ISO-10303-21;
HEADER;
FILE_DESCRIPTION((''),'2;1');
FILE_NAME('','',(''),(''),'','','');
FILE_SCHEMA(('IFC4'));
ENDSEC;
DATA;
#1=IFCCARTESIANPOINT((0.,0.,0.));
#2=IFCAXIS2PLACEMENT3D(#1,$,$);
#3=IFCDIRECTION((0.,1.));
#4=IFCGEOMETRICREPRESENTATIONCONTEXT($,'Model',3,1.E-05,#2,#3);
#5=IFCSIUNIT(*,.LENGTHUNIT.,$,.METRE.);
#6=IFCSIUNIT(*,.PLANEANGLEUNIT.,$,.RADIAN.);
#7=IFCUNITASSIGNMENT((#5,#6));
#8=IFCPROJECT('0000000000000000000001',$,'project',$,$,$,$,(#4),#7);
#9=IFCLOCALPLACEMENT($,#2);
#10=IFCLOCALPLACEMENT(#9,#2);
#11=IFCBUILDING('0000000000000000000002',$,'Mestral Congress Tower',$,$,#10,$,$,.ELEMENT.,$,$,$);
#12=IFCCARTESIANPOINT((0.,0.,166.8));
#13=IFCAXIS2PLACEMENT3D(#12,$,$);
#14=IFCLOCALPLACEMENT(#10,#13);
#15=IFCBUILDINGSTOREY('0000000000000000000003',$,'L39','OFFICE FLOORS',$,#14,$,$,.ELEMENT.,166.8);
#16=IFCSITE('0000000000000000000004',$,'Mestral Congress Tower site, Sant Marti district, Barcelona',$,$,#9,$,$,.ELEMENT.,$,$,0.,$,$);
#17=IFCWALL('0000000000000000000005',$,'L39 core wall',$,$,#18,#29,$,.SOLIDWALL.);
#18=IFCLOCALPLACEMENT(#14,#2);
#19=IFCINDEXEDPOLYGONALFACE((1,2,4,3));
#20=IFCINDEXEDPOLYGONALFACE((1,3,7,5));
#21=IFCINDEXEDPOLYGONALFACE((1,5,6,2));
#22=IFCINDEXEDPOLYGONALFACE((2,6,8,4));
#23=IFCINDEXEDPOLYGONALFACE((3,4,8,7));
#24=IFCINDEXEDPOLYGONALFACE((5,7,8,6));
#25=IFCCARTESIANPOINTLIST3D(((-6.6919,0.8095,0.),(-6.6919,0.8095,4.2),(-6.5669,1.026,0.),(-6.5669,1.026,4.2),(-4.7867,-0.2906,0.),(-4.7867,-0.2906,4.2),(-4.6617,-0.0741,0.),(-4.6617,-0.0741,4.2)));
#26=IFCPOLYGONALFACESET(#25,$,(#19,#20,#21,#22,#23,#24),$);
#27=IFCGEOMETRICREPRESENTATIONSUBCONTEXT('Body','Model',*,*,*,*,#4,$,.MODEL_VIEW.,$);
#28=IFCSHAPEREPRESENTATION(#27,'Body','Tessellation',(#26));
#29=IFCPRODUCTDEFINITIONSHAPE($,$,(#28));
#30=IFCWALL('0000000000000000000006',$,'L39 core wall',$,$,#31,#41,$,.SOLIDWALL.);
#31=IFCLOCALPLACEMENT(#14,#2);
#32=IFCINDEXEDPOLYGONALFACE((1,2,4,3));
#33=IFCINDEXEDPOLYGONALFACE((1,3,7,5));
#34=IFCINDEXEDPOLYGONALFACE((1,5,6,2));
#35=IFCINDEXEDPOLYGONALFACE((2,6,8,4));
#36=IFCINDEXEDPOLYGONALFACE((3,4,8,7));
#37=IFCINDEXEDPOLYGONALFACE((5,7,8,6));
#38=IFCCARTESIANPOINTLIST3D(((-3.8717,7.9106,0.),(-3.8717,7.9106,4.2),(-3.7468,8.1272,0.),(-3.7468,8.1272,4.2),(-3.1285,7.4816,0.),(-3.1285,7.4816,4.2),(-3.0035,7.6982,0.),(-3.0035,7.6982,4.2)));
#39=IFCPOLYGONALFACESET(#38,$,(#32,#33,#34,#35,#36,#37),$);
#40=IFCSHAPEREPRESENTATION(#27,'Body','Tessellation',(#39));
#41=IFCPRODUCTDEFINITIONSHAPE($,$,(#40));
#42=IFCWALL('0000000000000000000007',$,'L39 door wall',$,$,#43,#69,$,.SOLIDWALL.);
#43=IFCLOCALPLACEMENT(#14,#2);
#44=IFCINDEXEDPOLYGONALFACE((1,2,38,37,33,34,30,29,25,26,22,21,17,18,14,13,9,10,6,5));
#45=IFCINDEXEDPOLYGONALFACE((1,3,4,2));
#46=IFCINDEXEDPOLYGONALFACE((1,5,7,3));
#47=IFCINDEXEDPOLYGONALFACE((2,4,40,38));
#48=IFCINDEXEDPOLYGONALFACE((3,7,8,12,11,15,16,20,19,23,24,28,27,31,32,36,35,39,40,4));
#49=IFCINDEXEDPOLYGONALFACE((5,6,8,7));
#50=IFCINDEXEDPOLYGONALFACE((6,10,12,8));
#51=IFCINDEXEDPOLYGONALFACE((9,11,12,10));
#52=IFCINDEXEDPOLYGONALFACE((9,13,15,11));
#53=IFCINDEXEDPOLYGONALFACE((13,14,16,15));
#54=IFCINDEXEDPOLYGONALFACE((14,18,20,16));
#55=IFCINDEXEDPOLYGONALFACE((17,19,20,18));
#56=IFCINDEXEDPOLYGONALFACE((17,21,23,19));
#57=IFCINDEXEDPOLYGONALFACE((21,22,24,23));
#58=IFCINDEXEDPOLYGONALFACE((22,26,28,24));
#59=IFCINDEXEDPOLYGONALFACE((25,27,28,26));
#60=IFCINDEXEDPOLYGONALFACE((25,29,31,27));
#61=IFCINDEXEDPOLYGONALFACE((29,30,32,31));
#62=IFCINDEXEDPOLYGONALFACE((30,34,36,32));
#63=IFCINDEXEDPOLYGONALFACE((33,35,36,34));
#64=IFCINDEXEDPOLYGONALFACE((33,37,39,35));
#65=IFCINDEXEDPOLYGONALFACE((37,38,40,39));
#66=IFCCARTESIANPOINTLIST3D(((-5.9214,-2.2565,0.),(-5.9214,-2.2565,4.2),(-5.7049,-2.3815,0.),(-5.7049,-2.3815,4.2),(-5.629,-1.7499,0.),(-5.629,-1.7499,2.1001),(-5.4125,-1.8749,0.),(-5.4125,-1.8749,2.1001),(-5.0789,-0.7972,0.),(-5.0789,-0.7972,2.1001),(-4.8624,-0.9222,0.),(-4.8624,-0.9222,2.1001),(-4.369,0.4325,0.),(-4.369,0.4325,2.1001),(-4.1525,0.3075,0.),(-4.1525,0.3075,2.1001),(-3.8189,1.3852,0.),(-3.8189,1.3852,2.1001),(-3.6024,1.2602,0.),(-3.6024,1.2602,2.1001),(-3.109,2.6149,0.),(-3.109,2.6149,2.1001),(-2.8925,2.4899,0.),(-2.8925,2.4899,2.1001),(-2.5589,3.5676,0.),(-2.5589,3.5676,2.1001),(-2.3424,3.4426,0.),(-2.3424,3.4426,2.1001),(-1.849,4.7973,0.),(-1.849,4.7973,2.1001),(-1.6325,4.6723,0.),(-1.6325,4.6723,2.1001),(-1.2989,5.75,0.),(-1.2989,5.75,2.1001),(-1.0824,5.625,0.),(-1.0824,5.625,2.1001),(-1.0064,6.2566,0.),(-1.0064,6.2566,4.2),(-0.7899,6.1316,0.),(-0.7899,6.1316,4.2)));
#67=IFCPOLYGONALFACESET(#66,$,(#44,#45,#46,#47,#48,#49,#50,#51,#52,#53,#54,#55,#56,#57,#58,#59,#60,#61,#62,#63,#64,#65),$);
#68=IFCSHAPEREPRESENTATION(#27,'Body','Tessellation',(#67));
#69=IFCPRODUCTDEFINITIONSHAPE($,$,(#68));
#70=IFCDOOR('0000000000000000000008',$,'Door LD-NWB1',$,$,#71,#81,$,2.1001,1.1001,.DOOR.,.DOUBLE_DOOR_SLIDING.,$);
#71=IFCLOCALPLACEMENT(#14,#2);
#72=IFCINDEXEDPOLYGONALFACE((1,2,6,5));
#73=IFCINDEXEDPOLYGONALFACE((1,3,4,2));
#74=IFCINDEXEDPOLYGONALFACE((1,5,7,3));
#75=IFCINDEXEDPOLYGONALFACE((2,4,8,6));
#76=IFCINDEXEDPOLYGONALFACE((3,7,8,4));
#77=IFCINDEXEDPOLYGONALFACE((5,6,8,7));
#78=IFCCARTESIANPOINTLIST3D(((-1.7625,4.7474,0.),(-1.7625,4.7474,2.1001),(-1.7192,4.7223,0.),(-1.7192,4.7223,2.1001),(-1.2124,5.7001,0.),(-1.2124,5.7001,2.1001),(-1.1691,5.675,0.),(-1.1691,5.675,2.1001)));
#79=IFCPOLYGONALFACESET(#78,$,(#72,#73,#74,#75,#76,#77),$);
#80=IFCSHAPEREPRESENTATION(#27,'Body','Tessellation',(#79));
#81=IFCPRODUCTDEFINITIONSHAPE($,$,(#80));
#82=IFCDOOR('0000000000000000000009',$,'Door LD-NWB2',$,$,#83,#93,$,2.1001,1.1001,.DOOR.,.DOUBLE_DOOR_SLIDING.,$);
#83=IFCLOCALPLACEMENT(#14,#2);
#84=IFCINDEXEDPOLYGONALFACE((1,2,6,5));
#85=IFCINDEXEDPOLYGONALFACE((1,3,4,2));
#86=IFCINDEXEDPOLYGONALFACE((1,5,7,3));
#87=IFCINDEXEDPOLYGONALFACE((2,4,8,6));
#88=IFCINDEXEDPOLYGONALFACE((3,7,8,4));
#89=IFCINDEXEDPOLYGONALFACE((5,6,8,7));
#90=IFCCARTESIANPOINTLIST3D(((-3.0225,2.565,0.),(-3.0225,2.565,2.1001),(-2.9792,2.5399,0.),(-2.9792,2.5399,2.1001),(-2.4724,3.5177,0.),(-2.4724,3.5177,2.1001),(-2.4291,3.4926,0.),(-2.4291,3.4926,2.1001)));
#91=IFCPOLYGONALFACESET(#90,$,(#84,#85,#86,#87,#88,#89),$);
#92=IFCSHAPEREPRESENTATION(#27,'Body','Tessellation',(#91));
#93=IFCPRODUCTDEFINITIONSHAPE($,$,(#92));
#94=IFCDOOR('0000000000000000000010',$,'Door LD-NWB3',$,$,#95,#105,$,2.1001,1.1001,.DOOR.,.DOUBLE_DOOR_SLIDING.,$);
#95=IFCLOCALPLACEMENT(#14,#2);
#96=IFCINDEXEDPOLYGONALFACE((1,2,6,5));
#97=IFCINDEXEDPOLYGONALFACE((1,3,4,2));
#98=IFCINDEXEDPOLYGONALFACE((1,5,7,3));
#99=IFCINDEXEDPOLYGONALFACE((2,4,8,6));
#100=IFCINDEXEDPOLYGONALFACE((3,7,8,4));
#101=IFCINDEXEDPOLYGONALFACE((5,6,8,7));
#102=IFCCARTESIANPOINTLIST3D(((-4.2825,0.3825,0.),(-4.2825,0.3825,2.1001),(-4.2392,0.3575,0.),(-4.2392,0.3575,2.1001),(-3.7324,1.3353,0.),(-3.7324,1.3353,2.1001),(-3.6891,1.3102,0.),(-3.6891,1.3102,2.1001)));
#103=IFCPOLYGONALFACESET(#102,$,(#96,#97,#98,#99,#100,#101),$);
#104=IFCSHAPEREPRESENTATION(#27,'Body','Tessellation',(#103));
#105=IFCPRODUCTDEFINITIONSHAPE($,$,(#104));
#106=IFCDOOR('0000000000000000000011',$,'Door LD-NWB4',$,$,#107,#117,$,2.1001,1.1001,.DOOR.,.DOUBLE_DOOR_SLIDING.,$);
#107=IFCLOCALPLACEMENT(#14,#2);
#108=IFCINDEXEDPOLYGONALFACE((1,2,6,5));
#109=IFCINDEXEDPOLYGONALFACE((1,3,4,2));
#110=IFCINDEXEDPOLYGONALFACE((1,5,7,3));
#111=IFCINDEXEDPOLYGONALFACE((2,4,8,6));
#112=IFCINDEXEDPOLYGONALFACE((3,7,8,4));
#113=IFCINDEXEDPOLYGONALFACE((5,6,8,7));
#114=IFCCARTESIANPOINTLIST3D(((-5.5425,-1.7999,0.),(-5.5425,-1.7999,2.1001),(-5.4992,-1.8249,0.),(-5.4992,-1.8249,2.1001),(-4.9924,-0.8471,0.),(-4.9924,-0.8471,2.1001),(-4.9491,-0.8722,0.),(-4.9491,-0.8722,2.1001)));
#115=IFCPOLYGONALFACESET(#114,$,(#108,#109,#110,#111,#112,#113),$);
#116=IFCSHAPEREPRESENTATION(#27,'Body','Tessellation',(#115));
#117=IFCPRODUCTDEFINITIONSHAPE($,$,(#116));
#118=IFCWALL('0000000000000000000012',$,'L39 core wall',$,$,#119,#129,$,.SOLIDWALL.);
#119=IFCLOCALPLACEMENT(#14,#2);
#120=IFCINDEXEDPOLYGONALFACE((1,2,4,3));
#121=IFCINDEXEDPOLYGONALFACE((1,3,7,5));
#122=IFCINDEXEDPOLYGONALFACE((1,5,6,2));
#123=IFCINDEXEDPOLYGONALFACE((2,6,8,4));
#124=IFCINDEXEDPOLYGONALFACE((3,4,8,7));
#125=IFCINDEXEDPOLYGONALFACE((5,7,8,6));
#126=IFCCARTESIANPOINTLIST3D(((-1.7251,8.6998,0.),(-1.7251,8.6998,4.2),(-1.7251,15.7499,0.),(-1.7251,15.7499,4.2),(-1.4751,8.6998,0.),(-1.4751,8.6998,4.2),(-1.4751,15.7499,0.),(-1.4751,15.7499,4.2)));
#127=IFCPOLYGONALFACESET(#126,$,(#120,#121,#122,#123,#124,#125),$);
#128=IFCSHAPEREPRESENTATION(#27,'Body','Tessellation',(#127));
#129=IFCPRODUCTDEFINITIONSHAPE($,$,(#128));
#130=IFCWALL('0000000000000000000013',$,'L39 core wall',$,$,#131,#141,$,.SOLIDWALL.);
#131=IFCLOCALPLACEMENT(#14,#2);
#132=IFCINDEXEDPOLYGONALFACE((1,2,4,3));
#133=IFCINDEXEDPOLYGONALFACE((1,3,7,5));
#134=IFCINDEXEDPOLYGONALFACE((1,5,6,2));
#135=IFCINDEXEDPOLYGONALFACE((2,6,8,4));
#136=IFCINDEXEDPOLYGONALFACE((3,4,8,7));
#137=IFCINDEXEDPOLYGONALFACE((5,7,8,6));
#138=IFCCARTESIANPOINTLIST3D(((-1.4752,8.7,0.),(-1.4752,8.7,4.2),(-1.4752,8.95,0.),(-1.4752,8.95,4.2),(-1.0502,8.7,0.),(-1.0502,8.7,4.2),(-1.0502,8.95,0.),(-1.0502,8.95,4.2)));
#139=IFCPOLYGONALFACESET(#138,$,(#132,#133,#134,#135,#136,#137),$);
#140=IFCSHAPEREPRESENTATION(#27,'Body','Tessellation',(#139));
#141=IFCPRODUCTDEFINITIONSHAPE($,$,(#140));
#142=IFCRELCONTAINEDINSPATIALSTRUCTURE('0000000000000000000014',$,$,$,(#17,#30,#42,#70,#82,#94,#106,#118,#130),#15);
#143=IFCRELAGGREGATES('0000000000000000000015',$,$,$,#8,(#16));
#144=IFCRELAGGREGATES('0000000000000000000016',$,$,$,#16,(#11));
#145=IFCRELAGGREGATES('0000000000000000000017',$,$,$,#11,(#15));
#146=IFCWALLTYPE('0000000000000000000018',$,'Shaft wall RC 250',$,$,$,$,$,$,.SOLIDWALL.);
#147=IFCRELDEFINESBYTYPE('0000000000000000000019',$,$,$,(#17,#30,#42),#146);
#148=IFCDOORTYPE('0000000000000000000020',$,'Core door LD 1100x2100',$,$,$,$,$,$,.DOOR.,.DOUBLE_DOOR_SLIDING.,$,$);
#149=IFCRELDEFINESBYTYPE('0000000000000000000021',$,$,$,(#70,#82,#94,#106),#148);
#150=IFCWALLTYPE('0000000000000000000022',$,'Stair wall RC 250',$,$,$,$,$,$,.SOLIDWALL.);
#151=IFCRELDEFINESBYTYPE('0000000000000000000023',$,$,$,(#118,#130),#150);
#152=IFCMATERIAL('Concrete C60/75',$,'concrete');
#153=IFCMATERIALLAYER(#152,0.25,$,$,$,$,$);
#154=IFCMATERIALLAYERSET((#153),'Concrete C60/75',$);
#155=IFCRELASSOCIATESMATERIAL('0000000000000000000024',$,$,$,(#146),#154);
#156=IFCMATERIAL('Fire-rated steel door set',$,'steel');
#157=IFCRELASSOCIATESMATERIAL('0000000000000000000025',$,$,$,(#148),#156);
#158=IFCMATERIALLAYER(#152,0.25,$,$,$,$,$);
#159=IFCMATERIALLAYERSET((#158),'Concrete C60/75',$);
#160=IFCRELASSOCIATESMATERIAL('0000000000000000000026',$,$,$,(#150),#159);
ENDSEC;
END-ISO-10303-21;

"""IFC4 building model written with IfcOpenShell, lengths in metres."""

from ifc_helpers import new_model, si_unit, direction, frame, frame_2d, origin, place, context, subcontext, project, spatial, rectangle, extrude, material, layer, layer_set, type_object, element, fill, save


model = new_model("IFC4")

# Units and contexts
model_context = context("Model", 3, precision=1e-05, world=origin(), true_north=direction((0.0, 1.0)))
body_context = subcontext(model_context, "Body", "Model", "MODEL_VIEW")
ifc_project = project(units=[si_unit("LENGTHUNIT", "METRE"), si_unit("PLANEANGLEUNIT", "RADIAN")], contexts=[model_context])

# Site, building, storey
site_placement = place(None, origin())
site = spatial("IfcSite", under=ifc_project, at=site_placement, Name="Mestral Congress Tower site, Sant Marti district, Barcelona", CompositionType="ELEMENT", RefElevation=0.0)
building_placement = place(site_placement, origin())
building = spatial("IfcBuilding", under=site, at=building_placement, Name="Mestral Congress Tower", CompositionType="ELEMENT")
storey_placement = place(building_placement, frame((0.0, 0.0, 166.8)))
storey = spatial("IfcBuildingStorey", under=building, at=storey_placement, Name="L39", Description="OFFICE FLOORS", CompositionType="ELEMENT", Elevation=166.8)

# Shared definitions
ifc_material_1 = material(Name="Concrete C60/75", Category="concrete")

# Shared definitions
ifc_material_2 = material(Name="Fire-rated steel door set", Category="steel")

# Walls
ifc_layer_1 = layer(ifc_material_1, 0.25)
ifc_layer_set_1 = layer_set([ifc_layer_1], Name="Concrete C60/75")
wall_type_1 = type_object("IfcWallType", Name="Shaft wall RC 250", PredefinedType="SOLIDWALL", material=ifc_layer_set_1)
for number, where, z_axis, x_axis, name in (
    (1, (-4.7241, -0.1824, 0.0), (0.0, 0.0, 1.0), (-0.866008, 0.50003, 0.0), "L39 core wall"),
):
    element("IfcWall", number, at=place(storey_placement, frame(where, z_axis=z_axis, x_axis=x_axis)), inside=storey, type_object=wall_type_1, Name=name, PredefinedType="SOLIDWALL", context=body_context, shape_type="SweptSolid", body=[
        extrude(rectangle(XDim=2.2, YDim=0.25, at=frame_2d((1.1001, 0.0))), origin(), (0.0, 0.0, 1.0), 4.2),
    ])
wall_1_placement = place(storey_placement, frame((-3.0659, 7.5898, 0.0), z_axis=(0.0, 0.0, 1.0), x_axis=(-0.866081, 0.499903, 0.0)))
element("IfcWall", 2, at=wall_1_placement, inside=storey, type_object=wall_type_1, Name="L39 core wall", PredefinedType="SOLIDWALL", context=body_context, shape_type="SweptSolid", body=[
    extrude(rectangle(XDim=0.8582, YDim=0.25, at=frame_2d((0.4292, 0.0))), origin(), (0.0, 0.0, 1.0), 4.2),
])

# Wall, openings, doors
wall_2_placement = place(storey_placement, frame((-0.8982, 6.1941, 0.0), z_axis=(0.0, 0.0, 1.0), x_axis=(-0.499996, -0.866028, 0.0)))
wall_2 = element("IfcWall", 3, at=wall_2_placement, inside=storey, type_object=wall_type_1, Name="L39 door wall", PredefinedType="SOLIDWALL", context=body_context, shape_type="SweptSolid", body=[
    extrude(rectangle(XDim=9.8301, YDim=0.25, at=frame_2d((4.915, 0.0))), origin(), (0.0, 0.0, 1.0), 4.2),
])
opening_1_placement = place(wall_2_placement, frame((0.585, 0.0, 0.0)))
opening_1 = element("IfcOpeningElement", 4, at=opening_1_placement, cuts=wall_2, PredefinedType="OPENING", context=body_context, shape_type="SweptSolid", body=[
    extrude(rectangle(XDim=1.1001, YDim=2.1001, at=frame_2d((0.55, 1.05))), frame((0.0, 0.135, 0.0), z_axis=(0.0, -1.0, 0.0), x_axis=(1.0, 0.0, 0.0)), (0.0, 0.0, 1.0), 0.27),
])
opening_2_placement = place(wall_2_placement, frame((3.105, 0.0, 0.0)))
opening_2 = element("IfcOpeningElement", 5, at=opening_2_placement, cuts=wall_2, PredefinedType="OPENING", context=body_context, shape_type="SweptSolid", body=[
    extrude(rectangle(XDim=1.1001, YDim=2.1001, at=frame_2d((0.55, 1.05))), frame((0.0, 0.135, 0.0), z_axis=(0.0, -1.0, 0.0), x_axis=(1.0, 0.0, 0.0)), (0.0, 0.0, 1.0), 0.27),
])
opening_3_placement = place(wall_2_placement, frame((5.625, 0.0, 0.0)))
opening_3 = element("IfcOpeningElement", 6, at=opening_3_placement, cuts=wall_2, PredefinedType="OPENING", context=body_context, shape_type="SweptSolid", body=[
    extrude(rectangle(XDim=1.1001, YDim=2.1001, at=frame_2d((0.55, 1.05))), frame((0.0, 0.135, 0.0), z_axis=(0.0, -1.0, 0.0), x_axis=(1.0, 0.0, 0.0)), (0.0, 0.0, 1.0), 0.27),
])
opening_4_placement = place(wall_2_placement, frame((8.145, 0.0, 0.0)))
opening_4 = element("IfcOpeningElement", 7, at=opening_4_placement, cuts=wall_2, PredefinedType="OPENING", context=body_context, shape_type="SweptSolid", body=[
    extrude(rectangle(XDim=1.1001, YDim=2.1001, at=frame_2d((0.55, 1.05))), frame((0.0, 0.135, 0.0), z_axis=(0.0, -1.0, 0.0), x_axis=(1.0, 0.0, 0.0)), (0.0, 0.0, 1.0), 0.27),
])
door_type_1 = type_object("IfcDoorType", Name="Core door LD 1100x2100", OperationType="DOUBLE_DOOR_SLIDING", PredefinedType="DOOR", material=ifc_material_2)
door_1_placement = place(opening_1_placement, origin())
door_1 = element("IfcDoor", 8, at=door_1_placement, inside=storey, type_object=door_type_1, Name="Door LD-NWB1", OperationType="DOUBLE_DOOR_SLIDING", OverallHeight=2.1001, OverallWidth=1.1001, PredefinedType="DOOR", context=body_context, shape_type="SweptSolid", body=[
    extrude(rectangle(XDim=1.1001, YDim=2.1001, at=frame_2d((0.55, 1.05))), frame((0.0, 0.0249, 0.0), z_axis=(0.0, -1.0, 0.0), x_axis=(1.0, 0.0, 0.0)), (0.0, 0.0, 1.0), 0.05),
])
fill(opening_1, door_1)
door_2_placement = place(opening_2_placement, origin())
door_2 = element("IfcDoor", 9, at=door_2_placement, inside=storey, type_object=door_type_1, Name="Door LD-NWB2", OperationType="DOUBLE_DOOR_SLIDING", OverallHeight=2.1001, OverallWidth=1.1001, PredefinedType="DOOR", context=body_context, shape_type="SweptSolid", body=[
    extrude(rectangle(XDim=1.1001, YDim=2.1001, at=frame_2d((0.55, 1.05))), frame((0.0, 0.0249, 0.0), z_axis=(0.0, -1.0, 0.0), x_axis=(1.0, 0.0, 0.0)), (0.0, 0.0, 1.0), 0.05),
])
fill(opening_2, door_2)
door_3_placement = place(opening_3_placement, origin())
door_3 = element("IfcDoor", 10, at=door_3_placement, inside=storey, type_object=door_type_1, Name="Door LD-NWB3", OperationType="DOUBLE_DOOR_SLIDING", OverallHeight=2.1001, OverallWidth=1.1001, PredefinedType="DOOR", context=body_context, shape_type="SweptSolid", body=[
    extrude(rectangle(XDim=1.1001, YDim=2.1001, at=frame_2d((0.55, 1.05))), frame((0.0, 0.0249, 0.0), z_axis=(0.0, -1.0, 0.0), x_axis=(1.0, 0.0, 0.0)), (0.0, 0.0, 1.0), 0.05),
])
fill(opening_3, door_3)
door_4_placement = place(opening_4_placement, origin())
door_4 = element("IfcDoor", 11, at=door_4_placement, inside=storey, type_object=door_type_1, Name="Door LD-NWB4", OperationType="DOUBLE_DOOR_SLIDING", OverallHeight=2.1001, OverallWidth=1.1001, PredefinedType="DOOR", context=body_context, shape_type="SweptSolid", body=[
    extrude(rectangle(XDim=1.1001, YDim=2.1001, at=frame_2d((0.55, 1.05))), frame((0.0, 0.0249, 0.0), z_axis=(0.0, -1.0, 0.0), x_axis=(1.0, 0.0, 0.0)), (0.0, 0.0, 1.0), 0.05),
])
fill(opening_4, door_4)

# Walls
ifc_layer_2 = layer(ifc_material_1, 0.25)
ifc_layer_set_2 = layer_set([ifc_layer_2], Name="Concrete C60/75")
wall_type_2 = type_object("IfcWallType", Name="Stair wall RC 250", PredefinedType="SOLIDWALL", material=ifc_layer_set_2)
wall_3_placement = place(storey_placement, frame((-1.6001, 8.7, 0.0), z_axis=(0.0, 0.0, 1.0), x_axis=(0.0, 1.0, 0.0)))
element("IfcWall", 12, at=wall_3_placement, inside=storey, type_object=wall_type_2, Name="L39 core wall", PredefinedType="SOLIDWALL", context=body_context, shape_type="SweptSolid", body=[
    extrude(rectangle(XDim=7.05, YDim=0.25, at=frame_2d((3.5249, 0.0))), origin(), (0.0, 0.0, 1.0), 4.2),
])
wall_4_placement = place(storey_placement, frame((-1.4751, 8.825, 0.0), z_axis=(0.0, 0.0, 1.0), x_axis=(1.0, 0.0, 0.0)))
element("IfcWall", 13, at=wall_4_placement, inside=storey, type_object=wall_type_2, Name="L39 core wall", PredefinedType="SOLIDWALL", context=body_context, shape_type="SweptSolid", body=[
    extrude(rectangle(XDim=0.425, YDim=0.25, at=frame_2d((0.2124, 0.0))), origin(), (0.0, 0.0, 1.0), 4.2),
])

save(model, "model.ifc")
